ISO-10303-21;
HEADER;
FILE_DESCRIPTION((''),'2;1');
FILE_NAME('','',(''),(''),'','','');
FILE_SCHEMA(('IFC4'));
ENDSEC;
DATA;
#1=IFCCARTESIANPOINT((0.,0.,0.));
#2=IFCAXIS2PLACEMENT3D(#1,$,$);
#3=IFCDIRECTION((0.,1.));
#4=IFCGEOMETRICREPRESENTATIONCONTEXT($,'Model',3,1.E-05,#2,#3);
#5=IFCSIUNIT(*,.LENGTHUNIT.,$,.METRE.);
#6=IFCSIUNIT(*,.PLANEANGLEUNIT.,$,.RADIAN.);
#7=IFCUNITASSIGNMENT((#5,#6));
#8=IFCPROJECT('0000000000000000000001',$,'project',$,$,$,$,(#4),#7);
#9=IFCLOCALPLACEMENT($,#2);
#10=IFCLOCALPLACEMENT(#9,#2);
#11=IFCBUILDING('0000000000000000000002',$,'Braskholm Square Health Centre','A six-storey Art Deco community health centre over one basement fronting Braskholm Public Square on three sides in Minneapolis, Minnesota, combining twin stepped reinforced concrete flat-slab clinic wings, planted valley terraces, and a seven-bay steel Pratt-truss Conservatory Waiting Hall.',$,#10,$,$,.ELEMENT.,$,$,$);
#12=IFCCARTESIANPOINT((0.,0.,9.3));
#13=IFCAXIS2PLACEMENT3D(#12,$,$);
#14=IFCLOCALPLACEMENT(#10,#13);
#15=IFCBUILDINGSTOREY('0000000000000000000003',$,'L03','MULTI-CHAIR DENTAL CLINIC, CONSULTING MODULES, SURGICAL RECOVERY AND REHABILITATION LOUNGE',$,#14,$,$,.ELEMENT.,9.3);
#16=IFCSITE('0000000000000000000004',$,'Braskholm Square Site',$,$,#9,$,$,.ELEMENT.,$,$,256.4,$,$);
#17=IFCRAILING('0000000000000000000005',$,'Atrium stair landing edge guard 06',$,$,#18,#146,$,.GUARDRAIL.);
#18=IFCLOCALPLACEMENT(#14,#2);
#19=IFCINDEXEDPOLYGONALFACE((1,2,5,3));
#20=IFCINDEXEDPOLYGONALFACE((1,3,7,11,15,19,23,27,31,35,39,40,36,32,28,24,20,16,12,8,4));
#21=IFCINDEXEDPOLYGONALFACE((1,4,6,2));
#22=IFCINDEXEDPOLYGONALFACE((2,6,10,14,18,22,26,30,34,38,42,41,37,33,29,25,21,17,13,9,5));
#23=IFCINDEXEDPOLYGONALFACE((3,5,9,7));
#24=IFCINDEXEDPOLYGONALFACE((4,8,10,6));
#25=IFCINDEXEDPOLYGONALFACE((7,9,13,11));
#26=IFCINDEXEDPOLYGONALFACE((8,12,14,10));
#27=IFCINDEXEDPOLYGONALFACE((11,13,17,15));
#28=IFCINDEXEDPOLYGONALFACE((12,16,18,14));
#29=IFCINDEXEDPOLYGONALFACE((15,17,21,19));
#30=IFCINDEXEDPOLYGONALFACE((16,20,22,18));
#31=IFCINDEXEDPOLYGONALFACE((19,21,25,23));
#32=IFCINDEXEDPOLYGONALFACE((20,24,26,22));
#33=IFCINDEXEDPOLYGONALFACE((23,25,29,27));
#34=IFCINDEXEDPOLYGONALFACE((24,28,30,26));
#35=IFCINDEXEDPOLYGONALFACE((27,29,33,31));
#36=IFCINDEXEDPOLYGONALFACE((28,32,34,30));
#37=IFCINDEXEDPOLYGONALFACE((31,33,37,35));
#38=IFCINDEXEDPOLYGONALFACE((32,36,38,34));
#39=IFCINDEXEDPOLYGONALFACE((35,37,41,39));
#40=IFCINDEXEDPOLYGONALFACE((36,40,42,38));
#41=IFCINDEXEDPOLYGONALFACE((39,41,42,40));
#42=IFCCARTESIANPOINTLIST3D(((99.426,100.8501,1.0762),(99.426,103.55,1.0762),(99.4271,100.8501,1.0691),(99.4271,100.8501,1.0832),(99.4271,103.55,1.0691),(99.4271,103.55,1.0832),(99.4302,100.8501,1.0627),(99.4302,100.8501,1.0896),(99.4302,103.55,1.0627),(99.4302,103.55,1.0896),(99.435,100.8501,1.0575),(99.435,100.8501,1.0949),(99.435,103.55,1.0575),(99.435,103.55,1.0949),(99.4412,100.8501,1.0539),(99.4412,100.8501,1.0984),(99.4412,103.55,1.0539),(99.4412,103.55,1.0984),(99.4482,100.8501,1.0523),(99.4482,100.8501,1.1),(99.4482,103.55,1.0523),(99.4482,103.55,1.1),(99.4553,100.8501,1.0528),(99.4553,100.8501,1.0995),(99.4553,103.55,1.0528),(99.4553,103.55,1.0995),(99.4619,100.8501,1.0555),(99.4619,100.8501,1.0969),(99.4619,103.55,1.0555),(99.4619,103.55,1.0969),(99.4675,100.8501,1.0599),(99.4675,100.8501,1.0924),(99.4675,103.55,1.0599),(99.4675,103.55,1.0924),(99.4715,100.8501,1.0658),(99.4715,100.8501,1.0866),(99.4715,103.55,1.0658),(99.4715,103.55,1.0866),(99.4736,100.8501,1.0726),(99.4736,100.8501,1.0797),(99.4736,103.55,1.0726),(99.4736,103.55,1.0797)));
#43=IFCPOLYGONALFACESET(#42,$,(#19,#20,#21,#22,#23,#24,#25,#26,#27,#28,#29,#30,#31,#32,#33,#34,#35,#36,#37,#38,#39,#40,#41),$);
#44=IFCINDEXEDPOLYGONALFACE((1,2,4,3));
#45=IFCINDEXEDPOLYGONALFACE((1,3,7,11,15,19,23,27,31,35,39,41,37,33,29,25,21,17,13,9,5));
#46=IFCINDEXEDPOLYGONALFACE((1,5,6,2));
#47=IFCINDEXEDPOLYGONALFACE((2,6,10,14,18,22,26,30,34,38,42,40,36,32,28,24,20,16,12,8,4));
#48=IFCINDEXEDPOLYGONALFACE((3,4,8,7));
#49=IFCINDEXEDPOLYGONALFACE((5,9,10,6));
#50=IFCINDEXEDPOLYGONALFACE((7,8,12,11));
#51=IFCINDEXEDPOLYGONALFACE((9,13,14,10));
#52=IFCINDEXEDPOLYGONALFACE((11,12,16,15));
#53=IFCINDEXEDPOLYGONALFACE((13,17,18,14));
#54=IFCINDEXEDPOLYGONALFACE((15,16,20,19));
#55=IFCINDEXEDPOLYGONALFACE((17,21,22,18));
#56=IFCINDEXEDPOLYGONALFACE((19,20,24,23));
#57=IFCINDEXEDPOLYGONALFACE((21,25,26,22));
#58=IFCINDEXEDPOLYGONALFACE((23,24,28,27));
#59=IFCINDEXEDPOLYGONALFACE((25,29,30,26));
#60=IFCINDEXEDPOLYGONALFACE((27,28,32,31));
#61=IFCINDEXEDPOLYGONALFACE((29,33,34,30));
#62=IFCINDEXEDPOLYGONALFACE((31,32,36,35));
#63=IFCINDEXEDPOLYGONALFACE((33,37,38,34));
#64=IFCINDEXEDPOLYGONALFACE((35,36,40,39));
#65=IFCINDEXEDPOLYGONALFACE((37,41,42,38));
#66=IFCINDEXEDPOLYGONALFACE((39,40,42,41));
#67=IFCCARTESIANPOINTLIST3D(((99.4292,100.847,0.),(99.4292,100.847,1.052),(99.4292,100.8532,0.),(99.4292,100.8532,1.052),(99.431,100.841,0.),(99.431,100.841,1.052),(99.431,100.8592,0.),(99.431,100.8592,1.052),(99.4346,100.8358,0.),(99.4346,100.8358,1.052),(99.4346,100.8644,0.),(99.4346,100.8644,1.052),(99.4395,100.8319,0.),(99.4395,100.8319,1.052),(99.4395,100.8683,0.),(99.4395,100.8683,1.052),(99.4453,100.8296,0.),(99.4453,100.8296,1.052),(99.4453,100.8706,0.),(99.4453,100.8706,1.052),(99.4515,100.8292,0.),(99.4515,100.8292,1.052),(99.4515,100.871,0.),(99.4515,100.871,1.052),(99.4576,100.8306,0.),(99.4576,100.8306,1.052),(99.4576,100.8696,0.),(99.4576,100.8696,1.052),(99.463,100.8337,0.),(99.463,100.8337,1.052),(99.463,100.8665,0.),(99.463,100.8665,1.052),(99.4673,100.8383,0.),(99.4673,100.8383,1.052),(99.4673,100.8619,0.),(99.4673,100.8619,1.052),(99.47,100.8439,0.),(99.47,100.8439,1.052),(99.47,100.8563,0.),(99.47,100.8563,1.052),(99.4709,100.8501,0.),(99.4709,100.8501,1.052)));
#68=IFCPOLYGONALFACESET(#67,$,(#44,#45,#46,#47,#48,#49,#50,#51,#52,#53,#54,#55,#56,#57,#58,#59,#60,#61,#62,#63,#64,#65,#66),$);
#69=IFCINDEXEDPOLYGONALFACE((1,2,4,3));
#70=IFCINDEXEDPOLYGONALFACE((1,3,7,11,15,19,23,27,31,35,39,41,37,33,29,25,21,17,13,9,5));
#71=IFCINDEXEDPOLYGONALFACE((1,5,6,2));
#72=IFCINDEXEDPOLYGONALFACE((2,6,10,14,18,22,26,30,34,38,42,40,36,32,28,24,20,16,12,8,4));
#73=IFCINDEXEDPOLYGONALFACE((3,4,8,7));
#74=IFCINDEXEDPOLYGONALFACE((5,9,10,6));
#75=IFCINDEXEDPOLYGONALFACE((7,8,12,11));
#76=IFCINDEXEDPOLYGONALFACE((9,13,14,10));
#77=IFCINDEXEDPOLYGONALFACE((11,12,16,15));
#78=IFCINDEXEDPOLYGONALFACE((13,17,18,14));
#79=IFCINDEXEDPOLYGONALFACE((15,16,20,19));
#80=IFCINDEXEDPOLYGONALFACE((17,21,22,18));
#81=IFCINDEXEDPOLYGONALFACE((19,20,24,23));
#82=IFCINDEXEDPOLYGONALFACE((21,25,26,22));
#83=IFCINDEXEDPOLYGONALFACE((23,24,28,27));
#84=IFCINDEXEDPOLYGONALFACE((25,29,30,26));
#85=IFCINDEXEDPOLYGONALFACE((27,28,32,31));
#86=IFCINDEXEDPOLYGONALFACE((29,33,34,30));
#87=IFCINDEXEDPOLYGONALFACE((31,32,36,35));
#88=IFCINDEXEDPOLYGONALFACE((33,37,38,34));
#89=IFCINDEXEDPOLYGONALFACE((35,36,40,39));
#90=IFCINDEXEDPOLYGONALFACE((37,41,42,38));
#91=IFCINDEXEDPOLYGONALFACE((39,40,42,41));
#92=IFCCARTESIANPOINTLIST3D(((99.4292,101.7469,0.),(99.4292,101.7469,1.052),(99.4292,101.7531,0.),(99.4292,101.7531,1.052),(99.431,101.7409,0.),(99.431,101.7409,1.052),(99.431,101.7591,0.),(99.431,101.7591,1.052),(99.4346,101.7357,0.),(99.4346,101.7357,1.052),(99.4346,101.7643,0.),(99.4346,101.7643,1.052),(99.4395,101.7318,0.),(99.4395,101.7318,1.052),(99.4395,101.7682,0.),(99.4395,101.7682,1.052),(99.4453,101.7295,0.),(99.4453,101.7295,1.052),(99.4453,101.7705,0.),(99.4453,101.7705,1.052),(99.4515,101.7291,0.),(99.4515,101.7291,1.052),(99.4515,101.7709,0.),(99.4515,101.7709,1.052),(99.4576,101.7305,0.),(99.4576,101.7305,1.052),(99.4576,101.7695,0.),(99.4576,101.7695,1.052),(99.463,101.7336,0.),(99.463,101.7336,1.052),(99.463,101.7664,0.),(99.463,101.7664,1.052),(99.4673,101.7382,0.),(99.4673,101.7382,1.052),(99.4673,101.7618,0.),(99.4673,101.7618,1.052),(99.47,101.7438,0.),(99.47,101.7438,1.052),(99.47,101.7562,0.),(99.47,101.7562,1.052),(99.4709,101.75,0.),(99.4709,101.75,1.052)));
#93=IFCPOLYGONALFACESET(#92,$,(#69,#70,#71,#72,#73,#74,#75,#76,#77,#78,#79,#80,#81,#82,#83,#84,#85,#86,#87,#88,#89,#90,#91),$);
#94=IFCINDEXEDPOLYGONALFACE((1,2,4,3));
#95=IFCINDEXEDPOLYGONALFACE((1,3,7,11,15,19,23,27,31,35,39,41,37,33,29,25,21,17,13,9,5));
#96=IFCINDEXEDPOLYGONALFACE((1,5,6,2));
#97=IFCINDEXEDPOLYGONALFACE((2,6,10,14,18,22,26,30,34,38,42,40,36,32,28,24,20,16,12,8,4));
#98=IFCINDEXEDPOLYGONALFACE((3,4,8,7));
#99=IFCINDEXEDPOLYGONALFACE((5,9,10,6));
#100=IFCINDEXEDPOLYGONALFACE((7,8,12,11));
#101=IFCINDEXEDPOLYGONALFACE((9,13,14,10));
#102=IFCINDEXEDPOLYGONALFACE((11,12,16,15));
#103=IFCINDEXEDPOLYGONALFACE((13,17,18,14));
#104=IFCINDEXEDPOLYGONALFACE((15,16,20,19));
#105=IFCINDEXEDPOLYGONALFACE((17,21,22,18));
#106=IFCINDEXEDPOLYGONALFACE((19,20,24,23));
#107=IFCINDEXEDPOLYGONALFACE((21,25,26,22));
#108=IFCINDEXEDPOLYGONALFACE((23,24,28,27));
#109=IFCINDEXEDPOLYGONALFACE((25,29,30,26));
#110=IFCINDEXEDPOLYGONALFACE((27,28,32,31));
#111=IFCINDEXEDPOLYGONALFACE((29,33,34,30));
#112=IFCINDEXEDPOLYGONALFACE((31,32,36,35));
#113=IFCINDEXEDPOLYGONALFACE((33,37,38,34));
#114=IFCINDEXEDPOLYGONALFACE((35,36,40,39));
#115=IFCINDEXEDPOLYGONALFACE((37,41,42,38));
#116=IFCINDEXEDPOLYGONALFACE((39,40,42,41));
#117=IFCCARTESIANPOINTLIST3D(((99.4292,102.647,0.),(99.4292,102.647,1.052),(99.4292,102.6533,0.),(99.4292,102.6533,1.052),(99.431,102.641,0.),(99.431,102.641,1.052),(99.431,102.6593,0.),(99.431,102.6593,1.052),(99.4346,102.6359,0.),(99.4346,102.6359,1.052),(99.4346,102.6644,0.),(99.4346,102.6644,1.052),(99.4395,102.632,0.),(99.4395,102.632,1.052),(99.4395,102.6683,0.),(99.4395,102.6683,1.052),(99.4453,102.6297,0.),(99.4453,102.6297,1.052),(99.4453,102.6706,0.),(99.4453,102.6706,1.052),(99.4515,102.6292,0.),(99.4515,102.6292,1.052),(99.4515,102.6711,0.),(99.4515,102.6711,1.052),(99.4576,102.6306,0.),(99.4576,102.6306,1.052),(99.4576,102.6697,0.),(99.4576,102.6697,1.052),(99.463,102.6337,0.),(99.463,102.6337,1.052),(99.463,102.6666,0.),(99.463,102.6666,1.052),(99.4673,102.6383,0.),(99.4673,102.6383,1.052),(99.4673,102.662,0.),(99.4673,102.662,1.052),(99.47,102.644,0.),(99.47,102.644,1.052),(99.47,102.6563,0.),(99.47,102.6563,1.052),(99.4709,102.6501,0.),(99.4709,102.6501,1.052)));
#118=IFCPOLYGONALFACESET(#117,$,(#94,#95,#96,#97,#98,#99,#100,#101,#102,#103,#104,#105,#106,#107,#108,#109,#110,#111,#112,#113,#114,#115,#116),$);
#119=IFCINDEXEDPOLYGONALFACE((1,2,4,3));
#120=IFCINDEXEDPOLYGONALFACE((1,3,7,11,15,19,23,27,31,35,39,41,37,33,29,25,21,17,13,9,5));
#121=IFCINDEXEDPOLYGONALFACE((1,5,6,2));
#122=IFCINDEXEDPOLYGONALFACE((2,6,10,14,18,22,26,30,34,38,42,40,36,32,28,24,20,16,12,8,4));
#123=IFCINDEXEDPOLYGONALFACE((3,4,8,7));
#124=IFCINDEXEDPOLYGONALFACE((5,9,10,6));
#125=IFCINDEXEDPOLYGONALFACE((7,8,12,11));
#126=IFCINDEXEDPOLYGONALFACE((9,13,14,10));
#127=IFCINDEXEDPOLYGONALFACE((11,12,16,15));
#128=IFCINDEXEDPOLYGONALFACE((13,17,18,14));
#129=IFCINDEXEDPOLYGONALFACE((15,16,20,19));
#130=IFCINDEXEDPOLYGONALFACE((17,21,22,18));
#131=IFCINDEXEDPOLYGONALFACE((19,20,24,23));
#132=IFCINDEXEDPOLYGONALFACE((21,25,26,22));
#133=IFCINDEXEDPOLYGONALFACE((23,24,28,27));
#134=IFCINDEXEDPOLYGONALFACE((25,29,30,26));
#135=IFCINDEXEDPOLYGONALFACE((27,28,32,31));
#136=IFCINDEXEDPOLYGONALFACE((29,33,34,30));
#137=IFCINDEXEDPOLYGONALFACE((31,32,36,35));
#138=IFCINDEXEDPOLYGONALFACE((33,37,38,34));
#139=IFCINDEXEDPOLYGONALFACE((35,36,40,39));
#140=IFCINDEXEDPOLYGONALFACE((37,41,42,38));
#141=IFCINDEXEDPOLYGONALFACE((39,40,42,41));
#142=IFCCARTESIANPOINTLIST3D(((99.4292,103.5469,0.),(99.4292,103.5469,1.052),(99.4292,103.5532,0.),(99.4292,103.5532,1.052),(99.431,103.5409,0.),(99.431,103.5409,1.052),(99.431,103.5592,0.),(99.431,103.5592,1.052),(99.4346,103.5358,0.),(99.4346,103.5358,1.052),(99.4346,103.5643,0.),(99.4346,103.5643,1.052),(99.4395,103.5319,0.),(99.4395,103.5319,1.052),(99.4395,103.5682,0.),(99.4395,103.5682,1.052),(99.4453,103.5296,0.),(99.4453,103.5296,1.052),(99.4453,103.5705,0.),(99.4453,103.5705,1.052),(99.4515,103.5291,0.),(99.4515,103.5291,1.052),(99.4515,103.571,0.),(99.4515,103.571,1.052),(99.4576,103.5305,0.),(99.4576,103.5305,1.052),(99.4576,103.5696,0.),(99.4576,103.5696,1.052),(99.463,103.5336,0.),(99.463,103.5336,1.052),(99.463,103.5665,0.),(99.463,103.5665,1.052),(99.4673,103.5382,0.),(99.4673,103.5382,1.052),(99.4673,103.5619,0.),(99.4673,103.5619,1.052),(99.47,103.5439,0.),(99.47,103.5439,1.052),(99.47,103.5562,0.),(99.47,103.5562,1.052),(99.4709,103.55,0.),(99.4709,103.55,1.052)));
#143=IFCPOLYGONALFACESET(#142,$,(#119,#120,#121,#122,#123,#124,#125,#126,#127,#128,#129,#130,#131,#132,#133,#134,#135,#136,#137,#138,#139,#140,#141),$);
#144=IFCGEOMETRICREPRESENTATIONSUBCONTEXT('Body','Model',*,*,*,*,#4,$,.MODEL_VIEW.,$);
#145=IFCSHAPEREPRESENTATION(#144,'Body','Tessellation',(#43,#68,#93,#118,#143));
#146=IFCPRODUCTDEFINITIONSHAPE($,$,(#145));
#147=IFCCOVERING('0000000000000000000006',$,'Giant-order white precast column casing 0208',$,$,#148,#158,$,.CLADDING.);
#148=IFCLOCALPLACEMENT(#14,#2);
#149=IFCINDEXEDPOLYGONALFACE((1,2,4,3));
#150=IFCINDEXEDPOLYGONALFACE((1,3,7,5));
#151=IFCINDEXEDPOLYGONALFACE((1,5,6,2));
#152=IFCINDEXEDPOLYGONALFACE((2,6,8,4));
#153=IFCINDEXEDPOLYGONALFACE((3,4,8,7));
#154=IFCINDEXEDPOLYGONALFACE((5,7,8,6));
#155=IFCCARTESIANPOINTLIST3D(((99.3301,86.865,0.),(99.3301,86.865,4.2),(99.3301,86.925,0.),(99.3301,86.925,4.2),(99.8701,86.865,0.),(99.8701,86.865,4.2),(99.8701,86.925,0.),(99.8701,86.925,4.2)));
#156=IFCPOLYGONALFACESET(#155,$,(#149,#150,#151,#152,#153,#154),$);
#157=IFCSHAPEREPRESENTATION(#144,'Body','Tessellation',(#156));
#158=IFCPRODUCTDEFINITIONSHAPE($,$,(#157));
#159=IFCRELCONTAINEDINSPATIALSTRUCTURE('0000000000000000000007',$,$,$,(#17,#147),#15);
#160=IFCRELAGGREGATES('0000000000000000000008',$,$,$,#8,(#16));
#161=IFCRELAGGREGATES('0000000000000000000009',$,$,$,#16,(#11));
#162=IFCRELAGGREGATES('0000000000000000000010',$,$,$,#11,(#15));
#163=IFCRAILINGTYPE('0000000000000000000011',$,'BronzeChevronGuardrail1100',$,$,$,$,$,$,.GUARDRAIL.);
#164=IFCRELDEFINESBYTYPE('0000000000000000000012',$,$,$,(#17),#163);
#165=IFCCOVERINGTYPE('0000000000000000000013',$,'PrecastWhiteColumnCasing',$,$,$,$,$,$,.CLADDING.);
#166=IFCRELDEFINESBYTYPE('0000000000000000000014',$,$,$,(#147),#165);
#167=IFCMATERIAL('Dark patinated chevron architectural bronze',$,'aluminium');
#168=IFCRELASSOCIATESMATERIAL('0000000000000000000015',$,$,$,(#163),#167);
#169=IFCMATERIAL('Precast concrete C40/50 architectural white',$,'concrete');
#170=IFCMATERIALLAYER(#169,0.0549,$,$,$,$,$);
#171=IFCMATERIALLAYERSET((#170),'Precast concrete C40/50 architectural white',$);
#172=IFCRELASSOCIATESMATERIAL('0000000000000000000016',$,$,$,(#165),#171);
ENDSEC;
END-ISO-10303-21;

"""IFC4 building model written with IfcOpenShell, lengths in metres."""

from ifc_helpers import new_model, si_unit, direction, frame, origin, origin_2d, place, context, subcontext, project, spatial, rectangle, circle, extrude, material, layer, layer_set, type_object, element, save


model = new_model("IFC4")

# Units and contexts
model_context = context("Model", 3, precision=1e-05, world=origin(), true_north=direction((0.0, 1.0)))
body_context = subcontext(model_context, "Body", "Model", "MODEL_VIEW")
ifc_project = project(units=[si_unit("LENGTHUNIT", "METRE"), si_unit("PLANEANGLEUNIT", "RADIAN")], contexts=[model_context])

# Site, building, storey
site_placement = place(None, origin())
site = spatial("IfcSite", under=ifc_project, at=site_placement, Name="Braskholm Square Site", CompositionType="ELEMENT", RefElevation=256.4)
building_placement = place(site_placement, origin())
building = spatial("IfcBuilding", under=site, at=building_placement, Name="Braskholm Square Health Centre", Description="A six-storey Art Deco community health centre over one basement fronting Braskholm Public Square on three sides in Minneapolis, Minnesota, combining twin stepped reinforced concrete flat-slab clinic wings, planted valley terraces, and a seven-bay steel Pratt-truss Conservatory Waiting Hall.", CompositionType="ELEMENT")
storey_placement = place(building_placement, frame((0.0, 0.0, 9.3)))
storey = spatial("IfcBuildingStorey", under=building, at=storey_placement, Name="L03", Description="MULTI-CHAIR DENTAL CLINIC, CONSULTING MODULES, SURGICAL RECOVERY AND REHABILITATION LOUNGE", CompositionType="ELEMENT", Elevation=9.3)

# Shared definitions
ifc_material_1 = material(Name="Precast concrete C40/50 architectural white", Category="concrete")

# Railing
ifc_material_2 = material(Name="Dark patinated chevron architectural bronze", Category="aluminium")
railing_type = type_object("IfcRailingType", Name="BronzeChevronGuardrail1100", PredefinedType="GUARDRAIL", material=ifc_material_2)
railing_placement = place(storey_placement, frame((99.45, 100.8501, 0.0)))
element("IfcRailing", 1, at=railing_placement, inside=storey, type_object=railing_type, Name="Atrium stair landing edge guard 06", PredefinedType="GUARDRAIL", context=body_context, shape_type="SweptSolid", body=[
    extrude(circle(Radius=0.0239, at=origin_2d()), frame((0.0, 0.0, 1.0762), z_axis=(0.0, 1.0, 0.0), x_axis=(-1.0, 0.0, 0.0)), (0.0, 0.0, 1.0), 2.7),
    extrude(circle(Radius=0.021, at=origin_2d()), origin(), (0.0, 0.0, 1.0), 1.052),
    extrude(circle(Radius=0.021, at=origin_2d()), frame((0.0, 0.8999, 0.0)), (0.0, 0.0, 1.0), 1.052),
    extrude(circle(Radius=0.021, at=origin_2d()), frame((0.0, 1.8, 0.0)), (0.0, 0.0, 1.0), 1.052),
    extrude(circle(Radius=0.021, at=origin_2d()), frame((0.0, 2.7, 0.0)), (0.0, 0.0, 1.0), 1.052),
])

# Covering
ifc_layer_1 = layer(ifc_material_1, 0.0549)
ifc_layer_set_1 = layer_set([ifc_layer_1], Name="Precast concrete C40/50 architectural white")
covering_type = type_object("IfcCoveringType", Name="PrecastWhiteColumnCasing", PredefinedType="CLADDING", material=ifc_layer_set_1)
covering_placement = place(storey_placement, frame((99.6001, 86.895, 0.0), z_axis=(0.0, 0.0, 1.0), x_axis=(1.0, 0.0, 0.0)))
element("IfcCovering", 2, at=covering_placement, inside=storey, type_object=covering_type, Name="Giant-order white precast column casing 0208", PredefinedType="CLADDING", context=body_context, shape_type="SweptSolid", body=[
    extrude(rectangle(XDim=0.54, YDim=0.0601, at=origin_2d()), origin(), (0.0, 0.0, 1.0), 4.2),
])

save(model, "model.ifc")
